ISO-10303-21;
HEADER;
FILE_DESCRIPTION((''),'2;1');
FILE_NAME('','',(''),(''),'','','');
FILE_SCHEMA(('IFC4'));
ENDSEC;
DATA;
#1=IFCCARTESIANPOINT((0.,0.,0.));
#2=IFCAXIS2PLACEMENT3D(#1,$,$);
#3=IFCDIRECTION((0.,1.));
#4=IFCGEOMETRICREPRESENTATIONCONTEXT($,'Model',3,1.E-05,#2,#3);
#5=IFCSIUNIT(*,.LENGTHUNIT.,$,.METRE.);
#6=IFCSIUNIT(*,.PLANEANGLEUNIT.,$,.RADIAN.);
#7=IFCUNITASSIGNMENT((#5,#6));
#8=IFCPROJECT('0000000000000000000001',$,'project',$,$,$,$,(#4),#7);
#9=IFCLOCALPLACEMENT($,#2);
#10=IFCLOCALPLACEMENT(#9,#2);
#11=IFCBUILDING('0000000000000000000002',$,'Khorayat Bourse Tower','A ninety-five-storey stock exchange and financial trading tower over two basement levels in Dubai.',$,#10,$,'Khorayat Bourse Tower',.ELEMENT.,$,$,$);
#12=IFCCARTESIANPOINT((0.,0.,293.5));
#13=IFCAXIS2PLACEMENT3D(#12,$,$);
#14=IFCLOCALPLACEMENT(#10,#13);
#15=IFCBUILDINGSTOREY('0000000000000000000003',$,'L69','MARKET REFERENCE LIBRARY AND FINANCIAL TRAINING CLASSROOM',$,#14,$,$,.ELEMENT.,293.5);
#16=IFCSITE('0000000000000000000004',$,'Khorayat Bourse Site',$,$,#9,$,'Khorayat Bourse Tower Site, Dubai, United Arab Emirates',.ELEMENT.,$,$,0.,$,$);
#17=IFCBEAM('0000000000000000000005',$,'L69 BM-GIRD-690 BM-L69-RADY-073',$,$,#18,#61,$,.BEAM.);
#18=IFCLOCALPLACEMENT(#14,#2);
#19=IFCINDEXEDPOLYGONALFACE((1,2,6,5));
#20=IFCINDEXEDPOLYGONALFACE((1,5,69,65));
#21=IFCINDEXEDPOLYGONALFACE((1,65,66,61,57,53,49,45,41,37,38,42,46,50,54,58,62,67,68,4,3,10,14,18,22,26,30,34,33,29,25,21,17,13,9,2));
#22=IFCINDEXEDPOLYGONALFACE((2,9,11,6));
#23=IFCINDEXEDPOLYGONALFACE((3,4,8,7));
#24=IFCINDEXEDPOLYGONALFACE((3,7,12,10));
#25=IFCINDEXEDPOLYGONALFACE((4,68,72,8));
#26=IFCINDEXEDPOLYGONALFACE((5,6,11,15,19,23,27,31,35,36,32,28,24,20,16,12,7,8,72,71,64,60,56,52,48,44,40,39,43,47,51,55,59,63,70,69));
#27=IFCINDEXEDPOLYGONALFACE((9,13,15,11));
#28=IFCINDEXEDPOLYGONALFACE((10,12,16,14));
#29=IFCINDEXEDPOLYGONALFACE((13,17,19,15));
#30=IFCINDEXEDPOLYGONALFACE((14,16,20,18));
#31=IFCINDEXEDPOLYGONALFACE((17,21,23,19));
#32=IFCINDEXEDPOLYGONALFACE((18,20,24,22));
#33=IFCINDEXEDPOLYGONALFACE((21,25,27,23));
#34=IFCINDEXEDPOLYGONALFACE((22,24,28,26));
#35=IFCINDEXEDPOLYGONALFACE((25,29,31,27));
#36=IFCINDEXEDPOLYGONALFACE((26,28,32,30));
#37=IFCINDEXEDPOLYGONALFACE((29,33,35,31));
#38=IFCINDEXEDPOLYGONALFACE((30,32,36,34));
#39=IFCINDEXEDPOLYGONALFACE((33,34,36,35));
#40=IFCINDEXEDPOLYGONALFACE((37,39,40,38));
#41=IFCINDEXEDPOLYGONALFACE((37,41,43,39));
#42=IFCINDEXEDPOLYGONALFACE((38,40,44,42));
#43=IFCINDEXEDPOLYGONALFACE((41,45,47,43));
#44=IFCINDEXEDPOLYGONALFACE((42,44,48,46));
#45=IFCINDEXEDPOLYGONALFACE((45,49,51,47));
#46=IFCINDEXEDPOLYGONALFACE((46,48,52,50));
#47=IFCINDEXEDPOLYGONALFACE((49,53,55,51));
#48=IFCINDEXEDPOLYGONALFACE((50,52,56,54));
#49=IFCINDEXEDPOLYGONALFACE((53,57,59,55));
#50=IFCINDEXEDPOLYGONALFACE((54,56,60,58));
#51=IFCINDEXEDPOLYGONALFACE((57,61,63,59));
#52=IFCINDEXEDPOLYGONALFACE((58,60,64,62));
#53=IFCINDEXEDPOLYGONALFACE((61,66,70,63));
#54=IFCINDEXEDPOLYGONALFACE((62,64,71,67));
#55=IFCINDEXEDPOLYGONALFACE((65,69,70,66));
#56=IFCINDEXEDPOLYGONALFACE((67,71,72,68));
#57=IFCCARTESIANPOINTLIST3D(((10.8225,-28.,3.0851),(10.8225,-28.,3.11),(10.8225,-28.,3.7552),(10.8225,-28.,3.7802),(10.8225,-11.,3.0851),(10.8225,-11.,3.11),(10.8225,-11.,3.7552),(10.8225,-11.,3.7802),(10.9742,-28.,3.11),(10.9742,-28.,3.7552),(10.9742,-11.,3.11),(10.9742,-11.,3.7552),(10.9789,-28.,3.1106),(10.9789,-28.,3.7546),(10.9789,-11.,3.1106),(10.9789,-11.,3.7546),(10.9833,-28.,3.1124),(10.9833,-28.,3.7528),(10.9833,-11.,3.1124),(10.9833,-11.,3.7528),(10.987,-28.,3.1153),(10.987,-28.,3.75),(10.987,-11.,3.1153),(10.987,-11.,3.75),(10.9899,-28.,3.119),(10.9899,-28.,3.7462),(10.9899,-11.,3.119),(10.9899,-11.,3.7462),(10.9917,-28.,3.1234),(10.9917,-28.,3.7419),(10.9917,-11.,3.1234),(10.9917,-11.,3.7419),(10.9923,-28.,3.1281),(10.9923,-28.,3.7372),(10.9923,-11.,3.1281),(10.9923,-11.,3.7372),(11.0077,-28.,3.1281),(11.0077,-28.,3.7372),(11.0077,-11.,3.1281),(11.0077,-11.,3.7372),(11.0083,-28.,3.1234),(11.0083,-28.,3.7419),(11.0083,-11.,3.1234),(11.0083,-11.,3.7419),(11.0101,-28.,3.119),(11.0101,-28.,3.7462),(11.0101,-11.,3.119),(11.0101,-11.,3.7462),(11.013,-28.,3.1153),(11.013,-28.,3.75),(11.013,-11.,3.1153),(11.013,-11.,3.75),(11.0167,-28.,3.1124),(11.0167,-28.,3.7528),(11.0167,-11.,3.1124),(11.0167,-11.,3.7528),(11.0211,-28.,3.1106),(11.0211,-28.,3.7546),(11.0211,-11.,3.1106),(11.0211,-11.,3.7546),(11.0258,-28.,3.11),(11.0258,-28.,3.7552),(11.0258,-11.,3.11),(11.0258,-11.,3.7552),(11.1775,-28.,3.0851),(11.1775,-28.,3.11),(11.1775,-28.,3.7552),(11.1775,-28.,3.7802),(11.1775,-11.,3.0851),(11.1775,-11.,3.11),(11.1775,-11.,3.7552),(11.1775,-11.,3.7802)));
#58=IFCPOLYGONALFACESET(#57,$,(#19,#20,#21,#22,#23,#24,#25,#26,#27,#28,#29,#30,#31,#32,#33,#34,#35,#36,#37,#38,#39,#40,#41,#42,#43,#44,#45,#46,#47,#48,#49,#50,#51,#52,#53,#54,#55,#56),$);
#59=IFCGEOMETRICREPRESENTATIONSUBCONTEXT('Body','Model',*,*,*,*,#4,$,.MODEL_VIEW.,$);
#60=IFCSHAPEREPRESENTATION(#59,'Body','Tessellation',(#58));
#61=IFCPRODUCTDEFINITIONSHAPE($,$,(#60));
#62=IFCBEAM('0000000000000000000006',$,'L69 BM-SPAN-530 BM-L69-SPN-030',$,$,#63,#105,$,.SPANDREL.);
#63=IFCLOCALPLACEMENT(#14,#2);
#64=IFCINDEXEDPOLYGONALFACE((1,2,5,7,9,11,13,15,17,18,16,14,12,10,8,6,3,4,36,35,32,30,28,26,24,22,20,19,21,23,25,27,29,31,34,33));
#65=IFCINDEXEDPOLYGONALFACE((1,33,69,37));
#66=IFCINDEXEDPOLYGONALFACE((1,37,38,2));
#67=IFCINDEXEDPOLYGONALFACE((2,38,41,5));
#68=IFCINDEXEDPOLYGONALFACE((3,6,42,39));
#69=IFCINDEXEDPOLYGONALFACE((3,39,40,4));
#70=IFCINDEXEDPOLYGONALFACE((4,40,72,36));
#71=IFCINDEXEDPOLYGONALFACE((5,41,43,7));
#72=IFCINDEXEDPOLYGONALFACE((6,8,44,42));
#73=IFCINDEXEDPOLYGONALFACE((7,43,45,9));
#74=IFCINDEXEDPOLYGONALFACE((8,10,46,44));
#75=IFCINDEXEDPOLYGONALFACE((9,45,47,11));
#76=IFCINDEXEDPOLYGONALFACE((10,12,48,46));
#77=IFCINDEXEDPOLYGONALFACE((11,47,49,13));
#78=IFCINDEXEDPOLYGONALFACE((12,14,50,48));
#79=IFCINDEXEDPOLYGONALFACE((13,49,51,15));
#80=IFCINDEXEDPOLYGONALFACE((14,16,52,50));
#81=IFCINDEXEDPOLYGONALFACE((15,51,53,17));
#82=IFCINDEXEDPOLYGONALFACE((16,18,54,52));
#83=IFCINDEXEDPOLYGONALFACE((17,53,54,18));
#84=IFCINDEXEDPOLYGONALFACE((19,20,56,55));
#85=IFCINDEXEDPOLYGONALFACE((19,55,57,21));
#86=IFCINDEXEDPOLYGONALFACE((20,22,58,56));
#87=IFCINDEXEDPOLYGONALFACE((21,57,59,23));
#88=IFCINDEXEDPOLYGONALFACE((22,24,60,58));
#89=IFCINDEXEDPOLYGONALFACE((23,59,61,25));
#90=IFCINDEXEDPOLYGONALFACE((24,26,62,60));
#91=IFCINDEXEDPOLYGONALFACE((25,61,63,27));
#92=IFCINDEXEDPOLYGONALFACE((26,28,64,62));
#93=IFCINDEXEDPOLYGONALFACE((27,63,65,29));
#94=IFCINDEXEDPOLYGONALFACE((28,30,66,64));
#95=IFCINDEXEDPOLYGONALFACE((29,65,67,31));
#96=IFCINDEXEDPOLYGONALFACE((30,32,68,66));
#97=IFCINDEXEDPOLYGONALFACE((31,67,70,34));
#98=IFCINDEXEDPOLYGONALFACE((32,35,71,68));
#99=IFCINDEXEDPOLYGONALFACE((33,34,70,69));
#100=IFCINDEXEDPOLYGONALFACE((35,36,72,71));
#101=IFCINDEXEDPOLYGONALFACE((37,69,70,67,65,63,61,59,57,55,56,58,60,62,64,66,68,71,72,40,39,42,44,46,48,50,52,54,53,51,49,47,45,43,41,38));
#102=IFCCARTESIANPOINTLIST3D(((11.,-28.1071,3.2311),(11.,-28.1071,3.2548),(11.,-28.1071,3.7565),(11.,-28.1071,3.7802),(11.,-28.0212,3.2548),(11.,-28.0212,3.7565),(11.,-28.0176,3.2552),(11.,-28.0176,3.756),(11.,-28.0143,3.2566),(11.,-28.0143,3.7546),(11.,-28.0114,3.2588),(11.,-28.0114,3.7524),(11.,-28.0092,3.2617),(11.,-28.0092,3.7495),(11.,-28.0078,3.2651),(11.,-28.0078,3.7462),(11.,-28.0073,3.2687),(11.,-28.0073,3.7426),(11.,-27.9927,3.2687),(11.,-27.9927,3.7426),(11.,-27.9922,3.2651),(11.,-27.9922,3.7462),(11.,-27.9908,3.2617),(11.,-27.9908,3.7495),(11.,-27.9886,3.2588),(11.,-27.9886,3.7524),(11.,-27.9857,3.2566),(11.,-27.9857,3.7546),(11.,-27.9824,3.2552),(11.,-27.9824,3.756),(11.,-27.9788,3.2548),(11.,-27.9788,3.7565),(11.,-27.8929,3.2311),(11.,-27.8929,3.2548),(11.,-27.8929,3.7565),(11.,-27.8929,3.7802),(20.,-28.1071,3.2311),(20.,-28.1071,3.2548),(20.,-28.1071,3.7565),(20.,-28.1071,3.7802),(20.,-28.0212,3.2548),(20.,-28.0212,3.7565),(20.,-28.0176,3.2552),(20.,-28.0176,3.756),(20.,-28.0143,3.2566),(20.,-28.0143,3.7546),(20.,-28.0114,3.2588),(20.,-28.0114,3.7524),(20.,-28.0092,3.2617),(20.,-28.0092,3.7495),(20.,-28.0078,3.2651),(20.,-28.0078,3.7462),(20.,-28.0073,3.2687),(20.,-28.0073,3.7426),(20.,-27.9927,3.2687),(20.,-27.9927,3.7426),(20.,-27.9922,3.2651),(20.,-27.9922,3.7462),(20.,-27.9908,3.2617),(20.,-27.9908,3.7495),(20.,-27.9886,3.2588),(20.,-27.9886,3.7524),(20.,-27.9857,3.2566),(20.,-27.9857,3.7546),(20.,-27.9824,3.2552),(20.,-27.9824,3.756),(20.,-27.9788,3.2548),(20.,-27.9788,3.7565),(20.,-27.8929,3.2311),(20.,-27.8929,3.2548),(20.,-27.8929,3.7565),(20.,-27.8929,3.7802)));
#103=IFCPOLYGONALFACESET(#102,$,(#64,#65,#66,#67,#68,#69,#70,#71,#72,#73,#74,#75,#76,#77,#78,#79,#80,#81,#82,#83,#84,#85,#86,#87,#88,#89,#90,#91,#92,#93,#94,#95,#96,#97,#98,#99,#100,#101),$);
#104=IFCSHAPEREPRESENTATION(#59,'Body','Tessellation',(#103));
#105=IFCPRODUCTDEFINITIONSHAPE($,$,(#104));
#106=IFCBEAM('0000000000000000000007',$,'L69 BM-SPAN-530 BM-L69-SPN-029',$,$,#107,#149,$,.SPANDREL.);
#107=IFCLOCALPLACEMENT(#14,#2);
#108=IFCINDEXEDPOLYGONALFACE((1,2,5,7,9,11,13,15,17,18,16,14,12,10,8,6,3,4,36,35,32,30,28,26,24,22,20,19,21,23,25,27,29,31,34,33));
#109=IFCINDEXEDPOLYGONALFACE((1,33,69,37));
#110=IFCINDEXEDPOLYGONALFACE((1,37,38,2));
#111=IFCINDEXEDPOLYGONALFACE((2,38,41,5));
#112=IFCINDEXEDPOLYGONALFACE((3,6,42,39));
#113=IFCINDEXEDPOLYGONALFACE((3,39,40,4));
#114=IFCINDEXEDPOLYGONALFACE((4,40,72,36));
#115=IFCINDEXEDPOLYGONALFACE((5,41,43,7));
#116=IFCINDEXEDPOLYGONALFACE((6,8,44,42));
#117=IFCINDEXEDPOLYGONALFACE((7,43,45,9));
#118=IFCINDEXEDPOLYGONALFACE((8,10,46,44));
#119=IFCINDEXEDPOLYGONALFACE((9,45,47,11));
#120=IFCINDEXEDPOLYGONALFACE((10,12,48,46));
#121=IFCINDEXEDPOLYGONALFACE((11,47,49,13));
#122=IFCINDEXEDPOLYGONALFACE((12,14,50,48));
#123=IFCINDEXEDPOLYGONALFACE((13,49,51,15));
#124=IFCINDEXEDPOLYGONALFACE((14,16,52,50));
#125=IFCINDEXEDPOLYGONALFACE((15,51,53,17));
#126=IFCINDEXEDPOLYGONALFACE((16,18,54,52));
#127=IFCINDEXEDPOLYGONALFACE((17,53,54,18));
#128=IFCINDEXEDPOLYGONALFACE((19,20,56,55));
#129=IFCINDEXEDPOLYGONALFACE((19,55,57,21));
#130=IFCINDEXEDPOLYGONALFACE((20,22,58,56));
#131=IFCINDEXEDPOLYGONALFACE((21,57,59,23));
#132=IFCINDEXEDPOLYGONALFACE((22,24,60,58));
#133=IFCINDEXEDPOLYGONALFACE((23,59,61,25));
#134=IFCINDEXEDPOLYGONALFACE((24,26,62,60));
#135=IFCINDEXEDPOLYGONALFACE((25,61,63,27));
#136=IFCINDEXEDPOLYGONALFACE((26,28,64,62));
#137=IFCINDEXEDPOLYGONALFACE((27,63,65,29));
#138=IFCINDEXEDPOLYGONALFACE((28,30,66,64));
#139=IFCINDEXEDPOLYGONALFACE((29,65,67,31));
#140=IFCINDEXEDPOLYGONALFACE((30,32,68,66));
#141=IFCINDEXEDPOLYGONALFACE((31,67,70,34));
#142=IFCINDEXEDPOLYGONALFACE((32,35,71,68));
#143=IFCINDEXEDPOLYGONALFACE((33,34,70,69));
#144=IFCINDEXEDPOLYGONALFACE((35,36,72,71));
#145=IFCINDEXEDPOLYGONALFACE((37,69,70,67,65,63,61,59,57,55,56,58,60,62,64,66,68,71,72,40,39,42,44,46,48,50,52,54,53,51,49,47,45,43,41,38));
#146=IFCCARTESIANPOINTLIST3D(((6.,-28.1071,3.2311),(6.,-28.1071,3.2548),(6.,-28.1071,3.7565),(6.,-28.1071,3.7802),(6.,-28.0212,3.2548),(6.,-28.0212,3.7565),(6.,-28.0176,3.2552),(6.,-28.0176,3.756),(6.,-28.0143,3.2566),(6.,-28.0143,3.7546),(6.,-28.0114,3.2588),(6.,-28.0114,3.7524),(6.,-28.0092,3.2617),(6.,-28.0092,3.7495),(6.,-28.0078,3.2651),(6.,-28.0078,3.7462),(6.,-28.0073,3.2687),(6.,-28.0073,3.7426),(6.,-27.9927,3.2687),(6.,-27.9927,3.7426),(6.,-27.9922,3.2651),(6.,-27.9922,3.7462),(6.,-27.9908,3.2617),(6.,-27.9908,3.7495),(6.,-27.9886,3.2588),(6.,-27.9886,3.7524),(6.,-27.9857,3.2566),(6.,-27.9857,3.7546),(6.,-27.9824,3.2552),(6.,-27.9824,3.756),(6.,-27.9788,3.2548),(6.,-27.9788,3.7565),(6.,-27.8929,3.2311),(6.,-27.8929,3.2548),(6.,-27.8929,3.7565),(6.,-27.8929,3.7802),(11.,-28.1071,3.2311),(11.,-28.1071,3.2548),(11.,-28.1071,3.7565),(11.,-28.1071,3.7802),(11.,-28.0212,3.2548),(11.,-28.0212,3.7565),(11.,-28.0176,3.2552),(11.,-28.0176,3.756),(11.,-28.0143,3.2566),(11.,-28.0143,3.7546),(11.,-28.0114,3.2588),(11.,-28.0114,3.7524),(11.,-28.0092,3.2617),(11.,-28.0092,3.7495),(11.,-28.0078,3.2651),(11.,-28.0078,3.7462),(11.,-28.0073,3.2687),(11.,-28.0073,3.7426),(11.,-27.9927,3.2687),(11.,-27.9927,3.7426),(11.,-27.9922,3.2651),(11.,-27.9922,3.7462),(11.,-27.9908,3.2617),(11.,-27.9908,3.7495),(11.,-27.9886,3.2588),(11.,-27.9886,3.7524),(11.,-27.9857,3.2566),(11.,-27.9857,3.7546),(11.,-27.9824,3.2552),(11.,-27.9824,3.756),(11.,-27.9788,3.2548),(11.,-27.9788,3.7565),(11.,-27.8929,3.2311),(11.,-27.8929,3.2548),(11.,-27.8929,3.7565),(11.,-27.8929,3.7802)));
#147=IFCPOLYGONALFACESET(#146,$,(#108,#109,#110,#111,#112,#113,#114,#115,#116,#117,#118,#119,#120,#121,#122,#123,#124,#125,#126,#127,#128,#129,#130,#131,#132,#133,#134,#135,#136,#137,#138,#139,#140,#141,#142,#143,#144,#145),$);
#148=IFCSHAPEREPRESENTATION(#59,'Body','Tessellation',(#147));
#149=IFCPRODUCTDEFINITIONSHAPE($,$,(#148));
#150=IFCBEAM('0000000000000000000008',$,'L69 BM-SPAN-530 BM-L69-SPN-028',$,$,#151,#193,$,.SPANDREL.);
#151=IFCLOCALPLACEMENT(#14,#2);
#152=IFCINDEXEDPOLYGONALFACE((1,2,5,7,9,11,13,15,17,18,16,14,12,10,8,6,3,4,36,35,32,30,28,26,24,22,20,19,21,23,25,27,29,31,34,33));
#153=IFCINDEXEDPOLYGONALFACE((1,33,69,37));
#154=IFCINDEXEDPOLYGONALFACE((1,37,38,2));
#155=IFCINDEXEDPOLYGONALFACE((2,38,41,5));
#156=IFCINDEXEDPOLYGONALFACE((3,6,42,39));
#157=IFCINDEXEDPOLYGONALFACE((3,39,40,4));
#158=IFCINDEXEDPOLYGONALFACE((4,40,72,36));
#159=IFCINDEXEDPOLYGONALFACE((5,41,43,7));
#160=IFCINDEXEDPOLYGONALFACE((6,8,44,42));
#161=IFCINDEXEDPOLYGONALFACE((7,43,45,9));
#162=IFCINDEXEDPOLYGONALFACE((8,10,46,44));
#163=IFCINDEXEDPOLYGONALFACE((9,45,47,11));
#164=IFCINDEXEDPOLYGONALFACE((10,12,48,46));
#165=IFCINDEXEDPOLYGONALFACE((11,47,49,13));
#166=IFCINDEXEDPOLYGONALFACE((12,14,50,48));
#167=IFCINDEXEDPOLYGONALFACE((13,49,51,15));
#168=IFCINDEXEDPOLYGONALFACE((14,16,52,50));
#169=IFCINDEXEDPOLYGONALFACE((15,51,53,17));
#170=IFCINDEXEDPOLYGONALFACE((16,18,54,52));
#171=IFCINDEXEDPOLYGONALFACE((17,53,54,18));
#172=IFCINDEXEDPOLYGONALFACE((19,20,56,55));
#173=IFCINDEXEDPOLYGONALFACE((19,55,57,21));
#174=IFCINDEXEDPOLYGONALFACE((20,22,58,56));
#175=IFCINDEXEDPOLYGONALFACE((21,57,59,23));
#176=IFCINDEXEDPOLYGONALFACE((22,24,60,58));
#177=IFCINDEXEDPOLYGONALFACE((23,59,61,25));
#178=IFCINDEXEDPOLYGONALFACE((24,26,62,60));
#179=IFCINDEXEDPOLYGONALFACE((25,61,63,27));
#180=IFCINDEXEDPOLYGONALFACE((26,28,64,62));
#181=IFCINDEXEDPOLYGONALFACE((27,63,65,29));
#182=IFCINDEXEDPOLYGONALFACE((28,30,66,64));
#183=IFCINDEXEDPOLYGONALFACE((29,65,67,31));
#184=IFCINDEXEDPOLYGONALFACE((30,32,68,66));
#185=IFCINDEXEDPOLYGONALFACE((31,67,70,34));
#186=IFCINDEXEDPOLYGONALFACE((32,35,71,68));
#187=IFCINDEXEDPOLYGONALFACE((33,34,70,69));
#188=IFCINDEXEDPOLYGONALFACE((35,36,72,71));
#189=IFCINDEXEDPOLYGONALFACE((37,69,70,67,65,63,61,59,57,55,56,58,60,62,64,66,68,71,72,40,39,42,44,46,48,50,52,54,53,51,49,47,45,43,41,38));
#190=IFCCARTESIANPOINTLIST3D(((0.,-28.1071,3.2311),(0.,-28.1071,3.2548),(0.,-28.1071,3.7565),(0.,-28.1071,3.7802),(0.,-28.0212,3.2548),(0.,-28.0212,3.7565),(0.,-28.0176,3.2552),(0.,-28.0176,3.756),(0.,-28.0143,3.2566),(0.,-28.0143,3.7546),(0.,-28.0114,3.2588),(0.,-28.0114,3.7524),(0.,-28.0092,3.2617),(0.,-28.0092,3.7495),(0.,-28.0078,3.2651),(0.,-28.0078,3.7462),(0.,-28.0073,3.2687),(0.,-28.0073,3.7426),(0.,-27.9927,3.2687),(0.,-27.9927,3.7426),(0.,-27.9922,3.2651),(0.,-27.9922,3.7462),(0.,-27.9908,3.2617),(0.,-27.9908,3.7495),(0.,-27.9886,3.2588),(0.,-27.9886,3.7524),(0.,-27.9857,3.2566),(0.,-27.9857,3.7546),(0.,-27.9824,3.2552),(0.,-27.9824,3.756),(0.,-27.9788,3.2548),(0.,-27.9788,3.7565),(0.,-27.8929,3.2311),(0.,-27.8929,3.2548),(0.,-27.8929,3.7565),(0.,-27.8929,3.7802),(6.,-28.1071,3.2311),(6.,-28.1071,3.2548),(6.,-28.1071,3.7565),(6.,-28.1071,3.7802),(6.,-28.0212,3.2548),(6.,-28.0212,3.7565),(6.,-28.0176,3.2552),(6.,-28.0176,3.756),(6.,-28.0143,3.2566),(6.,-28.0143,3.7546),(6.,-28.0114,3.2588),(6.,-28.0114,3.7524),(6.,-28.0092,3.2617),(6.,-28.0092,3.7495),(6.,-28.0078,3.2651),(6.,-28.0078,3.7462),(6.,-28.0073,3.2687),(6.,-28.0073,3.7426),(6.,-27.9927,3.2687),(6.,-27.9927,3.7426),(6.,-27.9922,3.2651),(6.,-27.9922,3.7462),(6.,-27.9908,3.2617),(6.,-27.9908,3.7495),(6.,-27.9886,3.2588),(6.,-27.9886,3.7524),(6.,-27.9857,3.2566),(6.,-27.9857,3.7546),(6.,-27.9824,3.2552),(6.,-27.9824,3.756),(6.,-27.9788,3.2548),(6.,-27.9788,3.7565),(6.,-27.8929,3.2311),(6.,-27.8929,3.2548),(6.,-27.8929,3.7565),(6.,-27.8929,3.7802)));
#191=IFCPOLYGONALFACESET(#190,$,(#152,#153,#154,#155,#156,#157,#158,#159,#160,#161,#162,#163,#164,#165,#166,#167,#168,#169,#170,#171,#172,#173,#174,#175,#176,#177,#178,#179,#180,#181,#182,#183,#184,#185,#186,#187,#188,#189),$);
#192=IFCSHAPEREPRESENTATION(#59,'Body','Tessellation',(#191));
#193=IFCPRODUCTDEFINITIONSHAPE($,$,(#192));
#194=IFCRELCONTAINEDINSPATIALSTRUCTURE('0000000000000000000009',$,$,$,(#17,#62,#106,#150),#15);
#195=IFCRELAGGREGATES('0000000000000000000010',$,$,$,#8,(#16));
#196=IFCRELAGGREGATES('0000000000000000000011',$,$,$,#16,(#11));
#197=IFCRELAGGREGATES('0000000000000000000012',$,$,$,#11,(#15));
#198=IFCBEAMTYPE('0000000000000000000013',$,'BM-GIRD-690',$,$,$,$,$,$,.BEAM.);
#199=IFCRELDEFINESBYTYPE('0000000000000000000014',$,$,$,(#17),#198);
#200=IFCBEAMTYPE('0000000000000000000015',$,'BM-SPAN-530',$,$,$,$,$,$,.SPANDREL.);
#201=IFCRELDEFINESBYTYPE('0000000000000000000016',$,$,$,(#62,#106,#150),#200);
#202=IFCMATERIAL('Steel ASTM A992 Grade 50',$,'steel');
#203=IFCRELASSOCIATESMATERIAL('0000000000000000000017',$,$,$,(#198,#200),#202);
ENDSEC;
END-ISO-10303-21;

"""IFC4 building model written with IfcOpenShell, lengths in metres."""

from ifc_helpers import new_model, si_unit, direction, frame, origin, origin_2d, place, context, subcontext, project, spatial, i_section, extrude, source, transform, mapped, material, material_profile, profile_set, type_object, element, save


model = new_model("IFC4")

# Units and contexts
model_context = context("Model", 3, precision=1e-05, world=origin(), true_north=direction((0.0, 1.0)))
body_context = subcontext(model_context, "Body", "Model", "MODEL_VIEW")
ifc_project = project(units=[si_unit("LENGTHUNIT", "METRE"), si_unit("PLANEANGLEUNIT", "RADIAN")], contexts=[model_context])

# Site, building, storey
site_placement = place(None, origin())
site = spatial("IfcSite", under=ifc_project, at=site_placement, Name="Khorayat Bourse Site", LongName="Khorayat Bourse Tower Site, Dubai, United Arab Emirates", CompositionType="ELEMENT", RefElevation=0.0)
building_placement = place(site_placement, origin())
building = spatial("IfcBuilding", under=site, at=building_placement, Name="Khorayat Bourse Tower", Description="A ninety-five-storey stock exchange and financial trading tower over two basement levels in Dubai.", LongName="Khorayat Bourse Tower", CompositionType="ELEMENT")
storey_placement = place(building_placement, frame((0.0, 0.0, 293.5)))
storey = spatial("IfcBuildingStorey", under=building, at=storey_placement, Name="L69", Description="MARKET REFERENCE LIBRARY AND FINANCIAL TRAINING CLASSROOM", CompositionType="ELEMENT", Elevation=293.5)

# Beams
ifc_material_1 = material(Name="Steel ASTM A992 Grade 50", Category="steel")
ifc_material_profile_1 = material_profile(ifc_material_1, i_section(OverallWidth=0.355, OverallDepth=0.6951, WebThickness=0.0154, FlangeThickness=0.0249, FilletRadius=0.0181, at=origin_2d()), Name="W690X217")
ifc_profile_set_1 = profile_set([ifc_material_profile_1], Name="Steel ASTM A992 Grade 50")
beam_type_1 = type_object("IfcBeamType", Name="BM-GIRD-690", PredefinedType="BEAM", material=ifc_profile_set_1)
shared_shape_1 = source(origin(), body_context, "Body", "SweptSolid", [
    extrude(i_section(OverallWidth=0.355, OverallDepth=0.6951, WebThickness=0.0154, FlangeThickness=0.0249, FilletRadius=0.0181, at=origin_2d()), origin(), (0.0, 0.0, 1.0), 17.0),
])
for number, where, z_axis, x_axis, name in (
    (1, (11.0, -28.0, 3.4326), (0.0, 1.0, 0.0), (-1.0, 0.0, 0.0), "L69 BM-GIRD-690 BM-L69-RADY-073"),
):
    element("IfcBeam", number, at=place(storey_placement, frame(where, z_axis=z_axis, x_axis=x_axis)), inside=storey, type_object=beam_type_1, Name=name, PredefinedType="BEAM", context=body_context, shape_type="MappedRepresentation", body=[
        mapped(shared_shape_1, transform((0.0, 0.0, 0.0), scale=1.0)),
    ])
ifc_material_profile_2 = material_profile(ifc_material_1, i_section(OverallWidth=0.2141, OverallDepth=0.5491, WebThickness=0.0146, FlangeThickness=0.0237, FilletRadius=0.0139, at=origin_2d()), Name="W530X138")
ifc_profile_set_2 = profile_set([ifc_material_profile_2], Name="Steel ASTM A992 Grade 50")
beam_type_2 = type_object("IfcBeamType", Name="BM-SPAN-530", PredefinedType="SPANDREL", material=ifc_profile_set_2)
shared_shape_2 = source(origin(), body_context, "Body", "SweptSolid", [
    extrude(i_section(OverallWidth=0.2141, OverallDepth=0.5491, WebThickness=0.0146, FlangeThickness=0.0237, FilletRadius=0.0139, at=origin_2d()), origin(), (0.0, 0.0, 1.0), 9.0),
])
beam_1_placement = place(storey_placement, frame((11.0, -28.0, 3.5056), z_axis=(1.0, 0.0, 0.0), x_axis=(0.0, 1.0, 0.0)))
element("IfcBeam", 2, at=beam_1_placement, inside=storey, type_object=beam_type_2, Name="L69 BM-SPAN-530 BM-L69-SPN-030", PredefinedType="SPANDREL", context=body_context, shape_type="MappedRepresentation", body=[
    mapped(shared_shape_2, transform((0.0, 0.0, 0.0), scale=1.0)),
])
shared_shape_3 = source(origin(), body_context, "Body", "SweptSolid", [
    extrude(i_section(OverallWidth=0.2141, OverallDepth=0.5491, WebThickness=0.0146, FlangeThickness=0.0237, FilletRadius=0.0139, at=origin_2d()), origin(), (0.0, 0.0, 1.0), 5.0),
])
beam_2_placement = place(storey_placement, frame((6.0, -28.0, 3.5056), z_axis=(1.0, 0.0, 0.0), x_axis=(0.0, 1.0, 0.0)))
element("IfcBeam", 3, at=beam_2_placement, inside=storey, type_object=beam_type_2, Name="L69 BM-SPAN-530 BM-L69-SPN-029", PredefinedType="SPANDREL", context=body_context, shape_type="MappedRepresentation", body=[
    mapped(shared_shape_3, transform((0.0, 0.0, 0.0), scale=1.0)),
])
shared_shape_4 = source(origin(), body_context, "Body", "SweptSolid", [
    extrude(i_section(OverallWidth=0.2141, OverallDepth=0.5491, WebThickness=0.0146, FlangeThickness=0.0237, FilletRadius=0.0139, at=origin_2d()), origin(), (0.0, 0.0, 1.0), 6.0),
])
beam_3_placement = place(storey_placement, frame((0.0, -28.0, 3.5056), z_axis=(1.0, 0.0, 0.0), x_axis=(0.0, 1.0, 0.0)))
element("IfcBeam", 4, at=beam_3_placement, inside=storey, type_object=beam_type_2, Name="L69 BM-SPAN-530 BM-L69-SPN-028", PredefinedType="SPANDREL", context=body_context, shape_type="MappedRepresentation", body=[
    mapped(shared_shape_4, transform((0.0, 0.0, 0.0), scale=1.0)),
])

save(model, "model.ifc")
